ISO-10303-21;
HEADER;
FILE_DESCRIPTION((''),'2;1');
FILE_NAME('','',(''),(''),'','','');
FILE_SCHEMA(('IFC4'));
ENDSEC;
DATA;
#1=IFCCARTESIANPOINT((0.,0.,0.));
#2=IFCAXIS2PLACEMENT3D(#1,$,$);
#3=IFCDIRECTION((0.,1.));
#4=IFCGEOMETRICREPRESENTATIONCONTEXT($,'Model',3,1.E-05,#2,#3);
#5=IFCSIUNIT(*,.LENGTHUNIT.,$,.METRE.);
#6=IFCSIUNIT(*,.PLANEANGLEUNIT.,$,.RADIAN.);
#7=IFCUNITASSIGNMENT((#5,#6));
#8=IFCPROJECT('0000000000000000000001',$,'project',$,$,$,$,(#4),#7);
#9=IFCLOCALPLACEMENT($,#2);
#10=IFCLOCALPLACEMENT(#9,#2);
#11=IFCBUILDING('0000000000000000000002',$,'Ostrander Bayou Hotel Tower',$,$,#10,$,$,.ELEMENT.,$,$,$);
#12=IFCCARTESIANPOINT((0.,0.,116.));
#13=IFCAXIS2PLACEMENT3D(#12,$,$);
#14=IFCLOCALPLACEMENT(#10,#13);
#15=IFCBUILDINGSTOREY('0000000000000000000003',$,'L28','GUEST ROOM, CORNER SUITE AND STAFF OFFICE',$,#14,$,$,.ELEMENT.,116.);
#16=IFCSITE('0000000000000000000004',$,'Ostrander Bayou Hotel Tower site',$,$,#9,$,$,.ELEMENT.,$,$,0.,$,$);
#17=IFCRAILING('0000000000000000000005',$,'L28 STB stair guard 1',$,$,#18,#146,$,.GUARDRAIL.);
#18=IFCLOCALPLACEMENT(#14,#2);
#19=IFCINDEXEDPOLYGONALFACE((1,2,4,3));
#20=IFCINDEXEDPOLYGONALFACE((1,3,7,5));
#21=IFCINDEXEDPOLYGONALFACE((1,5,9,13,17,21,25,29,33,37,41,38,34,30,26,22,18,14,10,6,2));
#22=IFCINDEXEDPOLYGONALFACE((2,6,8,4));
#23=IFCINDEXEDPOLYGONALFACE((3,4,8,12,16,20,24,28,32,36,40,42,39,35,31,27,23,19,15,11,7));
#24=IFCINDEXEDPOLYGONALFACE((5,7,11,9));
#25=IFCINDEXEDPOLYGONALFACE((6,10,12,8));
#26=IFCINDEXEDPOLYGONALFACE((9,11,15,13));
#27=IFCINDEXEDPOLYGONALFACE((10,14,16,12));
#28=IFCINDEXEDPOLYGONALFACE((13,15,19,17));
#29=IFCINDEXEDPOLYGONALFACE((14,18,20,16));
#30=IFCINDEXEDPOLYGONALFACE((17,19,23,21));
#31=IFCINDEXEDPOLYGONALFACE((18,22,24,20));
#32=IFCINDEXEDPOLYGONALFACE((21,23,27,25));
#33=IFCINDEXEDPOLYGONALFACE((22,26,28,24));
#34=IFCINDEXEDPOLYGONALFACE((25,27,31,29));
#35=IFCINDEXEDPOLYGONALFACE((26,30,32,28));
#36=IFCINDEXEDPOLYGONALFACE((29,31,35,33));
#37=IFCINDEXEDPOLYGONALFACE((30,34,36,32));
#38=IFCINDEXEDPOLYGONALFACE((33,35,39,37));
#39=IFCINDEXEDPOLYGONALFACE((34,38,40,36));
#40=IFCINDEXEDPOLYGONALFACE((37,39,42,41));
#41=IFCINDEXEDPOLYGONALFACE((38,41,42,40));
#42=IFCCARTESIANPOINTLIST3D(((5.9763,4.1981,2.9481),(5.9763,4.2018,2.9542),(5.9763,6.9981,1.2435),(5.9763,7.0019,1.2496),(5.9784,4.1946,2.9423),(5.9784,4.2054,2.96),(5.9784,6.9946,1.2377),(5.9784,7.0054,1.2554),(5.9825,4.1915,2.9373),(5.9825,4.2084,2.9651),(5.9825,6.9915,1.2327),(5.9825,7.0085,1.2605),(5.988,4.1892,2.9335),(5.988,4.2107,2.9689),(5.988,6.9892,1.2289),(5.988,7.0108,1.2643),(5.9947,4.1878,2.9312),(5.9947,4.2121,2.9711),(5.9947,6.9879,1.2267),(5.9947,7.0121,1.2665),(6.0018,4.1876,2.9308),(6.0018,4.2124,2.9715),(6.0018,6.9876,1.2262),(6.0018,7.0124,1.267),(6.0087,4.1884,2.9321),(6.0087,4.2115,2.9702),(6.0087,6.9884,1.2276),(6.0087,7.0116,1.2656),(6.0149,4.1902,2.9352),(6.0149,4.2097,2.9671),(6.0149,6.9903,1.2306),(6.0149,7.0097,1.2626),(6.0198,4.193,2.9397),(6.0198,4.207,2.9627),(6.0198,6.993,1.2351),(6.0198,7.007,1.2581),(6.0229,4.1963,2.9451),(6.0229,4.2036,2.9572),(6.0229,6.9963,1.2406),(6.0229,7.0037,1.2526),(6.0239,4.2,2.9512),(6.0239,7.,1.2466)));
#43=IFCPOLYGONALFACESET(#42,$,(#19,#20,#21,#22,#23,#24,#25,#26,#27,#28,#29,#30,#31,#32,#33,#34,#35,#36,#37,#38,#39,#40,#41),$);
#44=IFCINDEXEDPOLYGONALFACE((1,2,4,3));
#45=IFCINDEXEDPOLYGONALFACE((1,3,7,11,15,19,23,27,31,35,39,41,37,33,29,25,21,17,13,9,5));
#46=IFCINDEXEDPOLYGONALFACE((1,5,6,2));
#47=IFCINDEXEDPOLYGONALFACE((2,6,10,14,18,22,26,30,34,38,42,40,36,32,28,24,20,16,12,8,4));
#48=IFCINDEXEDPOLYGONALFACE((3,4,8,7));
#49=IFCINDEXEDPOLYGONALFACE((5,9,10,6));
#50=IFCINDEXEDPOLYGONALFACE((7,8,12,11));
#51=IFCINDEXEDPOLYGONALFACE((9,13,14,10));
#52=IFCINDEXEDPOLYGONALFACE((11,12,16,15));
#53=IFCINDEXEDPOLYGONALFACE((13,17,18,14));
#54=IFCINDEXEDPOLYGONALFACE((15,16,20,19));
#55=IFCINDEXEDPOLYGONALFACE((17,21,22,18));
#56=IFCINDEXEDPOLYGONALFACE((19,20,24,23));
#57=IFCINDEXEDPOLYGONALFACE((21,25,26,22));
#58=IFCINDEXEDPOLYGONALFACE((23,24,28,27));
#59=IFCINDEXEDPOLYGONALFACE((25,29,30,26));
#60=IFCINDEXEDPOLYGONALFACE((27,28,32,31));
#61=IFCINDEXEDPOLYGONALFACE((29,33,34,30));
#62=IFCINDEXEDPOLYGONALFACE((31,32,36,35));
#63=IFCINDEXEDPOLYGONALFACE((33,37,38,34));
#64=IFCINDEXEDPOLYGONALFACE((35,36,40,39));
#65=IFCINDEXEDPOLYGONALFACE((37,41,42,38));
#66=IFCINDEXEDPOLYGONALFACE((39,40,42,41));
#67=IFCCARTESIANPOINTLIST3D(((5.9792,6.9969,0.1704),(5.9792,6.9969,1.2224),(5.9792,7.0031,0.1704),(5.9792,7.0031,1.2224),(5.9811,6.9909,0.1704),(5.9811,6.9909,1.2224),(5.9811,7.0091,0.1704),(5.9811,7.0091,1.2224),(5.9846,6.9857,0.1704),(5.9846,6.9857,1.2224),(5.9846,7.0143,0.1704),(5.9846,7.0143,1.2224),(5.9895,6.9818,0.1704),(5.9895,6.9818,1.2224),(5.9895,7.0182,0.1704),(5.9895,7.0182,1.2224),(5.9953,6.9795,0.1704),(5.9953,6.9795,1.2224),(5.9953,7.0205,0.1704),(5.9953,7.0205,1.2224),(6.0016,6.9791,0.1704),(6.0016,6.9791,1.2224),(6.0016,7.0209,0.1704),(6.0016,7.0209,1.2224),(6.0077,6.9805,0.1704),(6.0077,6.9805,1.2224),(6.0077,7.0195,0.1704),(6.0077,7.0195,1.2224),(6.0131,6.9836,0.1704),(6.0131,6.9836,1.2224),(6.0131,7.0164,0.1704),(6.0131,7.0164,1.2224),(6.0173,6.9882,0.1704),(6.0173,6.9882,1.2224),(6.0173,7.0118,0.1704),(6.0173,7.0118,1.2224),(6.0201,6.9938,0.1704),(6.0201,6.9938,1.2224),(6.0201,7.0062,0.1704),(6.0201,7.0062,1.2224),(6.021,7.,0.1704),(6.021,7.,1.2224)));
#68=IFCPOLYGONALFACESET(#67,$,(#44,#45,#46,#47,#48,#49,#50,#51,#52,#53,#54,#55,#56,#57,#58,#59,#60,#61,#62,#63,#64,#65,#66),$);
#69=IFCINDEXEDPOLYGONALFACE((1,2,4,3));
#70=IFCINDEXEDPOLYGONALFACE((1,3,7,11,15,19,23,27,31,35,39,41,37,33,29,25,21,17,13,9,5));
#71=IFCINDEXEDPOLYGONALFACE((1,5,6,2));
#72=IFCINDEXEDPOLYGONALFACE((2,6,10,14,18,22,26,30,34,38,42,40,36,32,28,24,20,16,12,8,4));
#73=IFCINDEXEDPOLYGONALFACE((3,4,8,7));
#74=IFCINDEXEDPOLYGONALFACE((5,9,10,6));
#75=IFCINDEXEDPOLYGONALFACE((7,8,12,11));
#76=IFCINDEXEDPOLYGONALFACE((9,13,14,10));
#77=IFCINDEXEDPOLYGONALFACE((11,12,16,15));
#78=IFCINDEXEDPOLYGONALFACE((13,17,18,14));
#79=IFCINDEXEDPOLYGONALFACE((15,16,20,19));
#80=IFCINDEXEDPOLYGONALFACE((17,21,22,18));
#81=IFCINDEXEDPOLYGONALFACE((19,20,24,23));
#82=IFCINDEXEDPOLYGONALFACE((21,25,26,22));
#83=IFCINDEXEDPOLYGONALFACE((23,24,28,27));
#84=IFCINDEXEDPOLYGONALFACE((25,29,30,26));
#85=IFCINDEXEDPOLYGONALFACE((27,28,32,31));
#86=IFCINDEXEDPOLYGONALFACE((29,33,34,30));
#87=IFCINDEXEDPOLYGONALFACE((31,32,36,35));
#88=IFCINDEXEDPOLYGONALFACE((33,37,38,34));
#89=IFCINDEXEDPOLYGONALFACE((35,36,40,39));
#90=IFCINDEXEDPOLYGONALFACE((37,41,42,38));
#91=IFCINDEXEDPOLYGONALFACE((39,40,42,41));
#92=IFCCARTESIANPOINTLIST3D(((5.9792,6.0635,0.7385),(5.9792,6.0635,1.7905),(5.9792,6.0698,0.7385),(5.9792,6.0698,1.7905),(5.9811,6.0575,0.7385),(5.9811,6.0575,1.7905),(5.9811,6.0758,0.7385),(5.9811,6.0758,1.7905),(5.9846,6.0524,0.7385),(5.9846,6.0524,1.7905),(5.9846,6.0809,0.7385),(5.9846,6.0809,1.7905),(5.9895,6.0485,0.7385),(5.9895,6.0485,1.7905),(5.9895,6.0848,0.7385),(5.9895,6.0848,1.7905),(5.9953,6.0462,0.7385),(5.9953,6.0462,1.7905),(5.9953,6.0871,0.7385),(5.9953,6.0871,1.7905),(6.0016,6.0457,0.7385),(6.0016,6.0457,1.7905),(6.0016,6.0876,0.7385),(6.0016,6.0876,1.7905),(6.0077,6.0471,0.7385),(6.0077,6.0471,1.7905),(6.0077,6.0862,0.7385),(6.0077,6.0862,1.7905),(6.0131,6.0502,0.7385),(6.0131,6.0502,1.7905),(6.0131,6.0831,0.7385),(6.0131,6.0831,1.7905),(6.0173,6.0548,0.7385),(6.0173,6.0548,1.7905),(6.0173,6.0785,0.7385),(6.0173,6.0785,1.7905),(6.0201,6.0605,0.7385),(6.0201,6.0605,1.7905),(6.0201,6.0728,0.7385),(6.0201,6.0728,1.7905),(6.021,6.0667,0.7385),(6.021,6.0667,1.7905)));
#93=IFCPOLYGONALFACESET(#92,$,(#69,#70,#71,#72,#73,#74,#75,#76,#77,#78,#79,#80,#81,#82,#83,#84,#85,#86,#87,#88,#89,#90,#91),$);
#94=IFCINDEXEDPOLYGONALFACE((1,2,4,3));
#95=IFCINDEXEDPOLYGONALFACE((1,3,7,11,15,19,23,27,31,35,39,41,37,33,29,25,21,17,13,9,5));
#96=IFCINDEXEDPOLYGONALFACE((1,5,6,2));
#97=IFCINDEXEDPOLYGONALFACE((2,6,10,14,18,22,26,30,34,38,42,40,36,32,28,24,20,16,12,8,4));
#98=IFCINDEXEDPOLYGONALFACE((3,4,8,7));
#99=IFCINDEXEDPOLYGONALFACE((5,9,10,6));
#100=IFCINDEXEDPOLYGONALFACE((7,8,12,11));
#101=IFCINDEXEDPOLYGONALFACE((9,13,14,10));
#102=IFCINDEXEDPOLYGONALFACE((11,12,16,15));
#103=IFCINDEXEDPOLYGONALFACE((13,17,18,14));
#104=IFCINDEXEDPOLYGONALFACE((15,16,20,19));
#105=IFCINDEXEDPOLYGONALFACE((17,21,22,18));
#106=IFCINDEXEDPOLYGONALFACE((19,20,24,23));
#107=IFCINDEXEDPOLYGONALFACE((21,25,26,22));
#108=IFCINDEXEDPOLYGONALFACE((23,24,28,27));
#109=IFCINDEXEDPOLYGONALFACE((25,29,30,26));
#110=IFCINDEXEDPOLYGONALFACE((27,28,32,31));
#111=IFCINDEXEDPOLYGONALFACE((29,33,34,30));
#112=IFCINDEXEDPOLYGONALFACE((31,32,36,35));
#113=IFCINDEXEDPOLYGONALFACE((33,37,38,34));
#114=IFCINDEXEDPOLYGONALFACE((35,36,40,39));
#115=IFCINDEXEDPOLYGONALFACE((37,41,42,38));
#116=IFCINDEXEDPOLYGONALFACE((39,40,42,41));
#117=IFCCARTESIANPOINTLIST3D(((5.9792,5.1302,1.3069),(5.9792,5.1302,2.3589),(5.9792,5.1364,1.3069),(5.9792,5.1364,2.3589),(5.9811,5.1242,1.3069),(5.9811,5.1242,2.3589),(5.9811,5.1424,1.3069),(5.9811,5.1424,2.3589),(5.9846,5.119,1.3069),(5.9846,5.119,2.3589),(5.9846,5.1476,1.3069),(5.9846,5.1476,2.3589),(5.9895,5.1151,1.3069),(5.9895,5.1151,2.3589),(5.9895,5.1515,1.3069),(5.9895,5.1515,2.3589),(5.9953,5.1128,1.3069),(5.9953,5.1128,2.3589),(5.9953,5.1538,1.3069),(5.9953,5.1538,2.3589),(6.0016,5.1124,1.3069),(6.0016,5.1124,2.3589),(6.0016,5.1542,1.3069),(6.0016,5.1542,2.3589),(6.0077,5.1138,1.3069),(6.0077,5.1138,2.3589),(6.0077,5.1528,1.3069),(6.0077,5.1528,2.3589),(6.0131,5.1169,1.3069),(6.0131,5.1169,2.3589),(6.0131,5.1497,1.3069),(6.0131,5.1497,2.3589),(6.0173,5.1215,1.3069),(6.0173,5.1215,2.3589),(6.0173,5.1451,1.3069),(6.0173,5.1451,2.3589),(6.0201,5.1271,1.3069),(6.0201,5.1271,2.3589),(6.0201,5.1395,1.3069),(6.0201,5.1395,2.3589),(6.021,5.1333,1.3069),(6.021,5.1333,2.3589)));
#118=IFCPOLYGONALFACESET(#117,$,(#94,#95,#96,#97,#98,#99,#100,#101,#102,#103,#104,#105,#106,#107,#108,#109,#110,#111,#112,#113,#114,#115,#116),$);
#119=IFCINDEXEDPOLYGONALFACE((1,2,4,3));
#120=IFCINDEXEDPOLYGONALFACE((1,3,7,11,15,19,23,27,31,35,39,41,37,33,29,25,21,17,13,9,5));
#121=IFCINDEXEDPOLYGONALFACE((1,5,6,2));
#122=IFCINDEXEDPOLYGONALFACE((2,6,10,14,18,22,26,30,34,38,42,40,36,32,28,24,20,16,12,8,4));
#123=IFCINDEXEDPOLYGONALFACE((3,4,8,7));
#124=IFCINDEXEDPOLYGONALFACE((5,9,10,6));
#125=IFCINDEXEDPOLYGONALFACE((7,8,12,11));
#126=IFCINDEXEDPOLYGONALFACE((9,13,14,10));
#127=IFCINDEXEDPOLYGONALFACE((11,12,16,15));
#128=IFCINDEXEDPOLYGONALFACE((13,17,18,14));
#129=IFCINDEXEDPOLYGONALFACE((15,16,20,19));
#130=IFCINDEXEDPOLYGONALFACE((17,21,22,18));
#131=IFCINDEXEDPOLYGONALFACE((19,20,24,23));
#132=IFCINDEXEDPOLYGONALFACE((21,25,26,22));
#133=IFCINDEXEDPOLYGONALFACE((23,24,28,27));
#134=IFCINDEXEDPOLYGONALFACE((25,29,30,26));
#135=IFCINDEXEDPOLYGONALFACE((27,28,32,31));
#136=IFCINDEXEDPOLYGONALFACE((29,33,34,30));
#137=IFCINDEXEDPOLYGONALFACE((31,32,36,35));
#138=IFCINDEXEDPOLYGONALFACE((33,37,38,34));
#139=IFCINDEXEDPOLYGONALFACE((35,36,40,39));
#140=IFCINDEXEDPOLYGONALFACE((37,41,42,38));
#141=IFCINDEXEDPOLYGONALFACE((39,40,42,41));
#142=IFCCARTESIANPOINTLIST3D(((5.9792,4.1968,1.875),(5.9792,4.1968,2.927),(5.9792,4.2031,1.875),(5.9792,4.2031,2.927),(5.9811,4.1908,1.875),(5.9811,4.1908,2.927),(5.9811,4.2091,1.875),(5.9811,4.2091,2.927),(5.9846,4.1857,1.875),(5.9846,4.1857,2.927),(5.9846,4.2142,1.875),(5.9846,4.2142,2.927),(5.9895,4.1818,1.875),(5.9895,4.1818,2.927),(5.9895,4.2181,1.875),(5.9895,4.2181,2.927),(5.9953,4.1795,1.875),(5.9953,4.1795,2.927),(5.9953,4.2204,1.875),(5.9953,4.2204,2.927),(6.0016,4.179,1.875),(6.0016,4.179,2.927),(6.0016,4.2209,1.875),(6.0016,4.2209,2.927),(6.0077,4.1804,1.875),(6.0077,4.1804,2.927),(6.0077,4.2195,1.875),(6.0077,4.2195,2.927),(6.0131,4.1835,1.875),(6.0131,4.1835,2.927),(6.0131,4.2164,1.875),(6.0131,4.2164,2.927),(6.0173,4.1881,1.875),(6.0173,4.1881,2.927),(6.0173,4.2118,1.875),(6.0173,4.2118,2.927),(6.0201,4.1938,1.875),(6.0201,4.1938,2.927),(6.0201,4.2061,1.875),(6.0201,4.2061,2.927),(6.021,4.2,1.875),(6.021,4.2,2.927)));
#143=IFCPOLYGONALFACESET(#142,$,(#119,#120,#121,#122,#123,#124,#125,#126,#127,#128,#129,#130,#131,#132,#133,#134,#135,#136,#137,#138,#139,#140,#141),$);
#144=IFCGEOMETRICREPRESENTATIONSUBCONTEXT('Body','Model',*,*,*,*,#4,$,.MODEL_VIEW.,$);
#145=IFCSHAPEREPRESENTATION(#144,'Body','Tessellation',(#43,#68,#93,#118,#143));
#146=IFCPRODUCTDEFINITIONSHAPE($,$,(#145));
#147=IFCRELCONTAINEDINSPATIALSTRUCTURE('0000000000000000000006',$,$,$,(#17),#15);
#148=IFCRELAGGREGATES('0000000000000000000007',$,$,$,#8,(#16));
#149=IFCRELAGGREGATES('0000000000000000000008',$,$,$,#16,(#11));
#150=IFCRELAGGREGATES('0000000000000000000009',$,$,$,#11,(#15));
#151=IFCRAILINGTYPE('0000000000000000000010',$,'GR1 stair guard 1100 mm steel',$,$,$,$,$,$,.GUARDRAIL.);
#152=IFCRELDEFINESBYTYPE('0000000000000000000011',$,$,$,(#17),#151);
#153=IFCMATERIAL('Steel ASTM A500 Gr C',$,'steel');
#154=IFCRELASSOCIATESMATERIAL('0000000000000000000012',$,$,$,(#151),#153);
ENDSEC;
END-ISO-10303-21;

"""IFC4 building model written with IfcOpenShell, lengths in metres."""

from ifc_helpers import new_model, si_unit, direction, frame, origin, origin_2d, place, context, subcontext, project, spatial, circle, extrude, material, type_object, element, save


model = new_model("IFC4")

# Units and contexts
model_context = context("Model", 3, precision=1e-05, world=origin(), true_north=direction((0.0, 1.0)))
body_context = subcontext(model_context, "Body", "Model", "MODEL_VIEW")
ifc_project = project(units=[si_unit("LENGTHUNIT", "METRE"), si_unit("PLANEANGLEUNIT", "RADIAN")], contexts=[model_context])

# Site, building, storey
site_placement = place(None, origin())
site = spatial("IfcSite", under=ifc_project, at=site_placement, Name="Ostrander Bayou Hotel Tower site", CompositionType="ELEMENT", RefElevation=0.0)
building_placement = place(site_placement, origin())
building = spatial("IfcBuilding", under=site, at=building_placement, Name="Ostrander Bayou Hotel Tower", CompositionType="ELEMENT")
storey_placement = place(building_placement, frame((0.0, 0.0, 116.0)))
storey = spatial("IfcBuildingStorey", under=building, at=storey_placement, Name="L28", Description="GUEST ROOM, CORNER SUITE AND STAFF OFFICE", CompositionType="ELEMENT", Elevation=116.0)

# Railing
ifc_material_1 = material(Name="Steel ASTM A500 Gr C", Category="steel")
railing_type_1 = type_object("IfcRailingType", Name="GR1 stair guard 1100 mm steel", PredefinedType="GUARDRAIL", material=ifc_material_1)
railing_1_placement = place(storey_placement, frame((6.0, 7.0, 0.1704)))
element("IfcRailing", 1, at=railing_1_placement, inside=storey, type_object=railing_type_1, Name="L28 STB stair guard 1", PredefinedType="GUARDRAIL", context=body_context, shape_type="SweptSolid", body=[
    extrude(circle(Radius=0.0239, at=origin_2d()), frame((0.0, 0.0, 1.0762), z_axis=(0.0, -0.85417, 0.519994), x_axis=(1.0, 0.0, 0.0)), (0.0, 0.0, 1.0), 3.2781),
    extrude(circle(Radius=0.021, at=origin_2d()), origin(), (0.0, 0.0, 1.0), 1.052),
    extrude(circle(Radius=0.021, at=origin_2d()), frame((0.0, -0.9333, 0.5681)), (0.0, 0.0, 1.0), 1.052),
    extrude(circle(Radius=0.021, at=origin_2d()), frame((0.0, -1.8667, 1.1365)), (0.0, 0.0, 1.0), 1.052),
    extrude(circle(Radius=0.021, at=origin_2d()), frame((0.0, -2.8, 1.7046)), (0.0, 0.0, 1.0), 1.052),
])

save(model, "model.ifc")
